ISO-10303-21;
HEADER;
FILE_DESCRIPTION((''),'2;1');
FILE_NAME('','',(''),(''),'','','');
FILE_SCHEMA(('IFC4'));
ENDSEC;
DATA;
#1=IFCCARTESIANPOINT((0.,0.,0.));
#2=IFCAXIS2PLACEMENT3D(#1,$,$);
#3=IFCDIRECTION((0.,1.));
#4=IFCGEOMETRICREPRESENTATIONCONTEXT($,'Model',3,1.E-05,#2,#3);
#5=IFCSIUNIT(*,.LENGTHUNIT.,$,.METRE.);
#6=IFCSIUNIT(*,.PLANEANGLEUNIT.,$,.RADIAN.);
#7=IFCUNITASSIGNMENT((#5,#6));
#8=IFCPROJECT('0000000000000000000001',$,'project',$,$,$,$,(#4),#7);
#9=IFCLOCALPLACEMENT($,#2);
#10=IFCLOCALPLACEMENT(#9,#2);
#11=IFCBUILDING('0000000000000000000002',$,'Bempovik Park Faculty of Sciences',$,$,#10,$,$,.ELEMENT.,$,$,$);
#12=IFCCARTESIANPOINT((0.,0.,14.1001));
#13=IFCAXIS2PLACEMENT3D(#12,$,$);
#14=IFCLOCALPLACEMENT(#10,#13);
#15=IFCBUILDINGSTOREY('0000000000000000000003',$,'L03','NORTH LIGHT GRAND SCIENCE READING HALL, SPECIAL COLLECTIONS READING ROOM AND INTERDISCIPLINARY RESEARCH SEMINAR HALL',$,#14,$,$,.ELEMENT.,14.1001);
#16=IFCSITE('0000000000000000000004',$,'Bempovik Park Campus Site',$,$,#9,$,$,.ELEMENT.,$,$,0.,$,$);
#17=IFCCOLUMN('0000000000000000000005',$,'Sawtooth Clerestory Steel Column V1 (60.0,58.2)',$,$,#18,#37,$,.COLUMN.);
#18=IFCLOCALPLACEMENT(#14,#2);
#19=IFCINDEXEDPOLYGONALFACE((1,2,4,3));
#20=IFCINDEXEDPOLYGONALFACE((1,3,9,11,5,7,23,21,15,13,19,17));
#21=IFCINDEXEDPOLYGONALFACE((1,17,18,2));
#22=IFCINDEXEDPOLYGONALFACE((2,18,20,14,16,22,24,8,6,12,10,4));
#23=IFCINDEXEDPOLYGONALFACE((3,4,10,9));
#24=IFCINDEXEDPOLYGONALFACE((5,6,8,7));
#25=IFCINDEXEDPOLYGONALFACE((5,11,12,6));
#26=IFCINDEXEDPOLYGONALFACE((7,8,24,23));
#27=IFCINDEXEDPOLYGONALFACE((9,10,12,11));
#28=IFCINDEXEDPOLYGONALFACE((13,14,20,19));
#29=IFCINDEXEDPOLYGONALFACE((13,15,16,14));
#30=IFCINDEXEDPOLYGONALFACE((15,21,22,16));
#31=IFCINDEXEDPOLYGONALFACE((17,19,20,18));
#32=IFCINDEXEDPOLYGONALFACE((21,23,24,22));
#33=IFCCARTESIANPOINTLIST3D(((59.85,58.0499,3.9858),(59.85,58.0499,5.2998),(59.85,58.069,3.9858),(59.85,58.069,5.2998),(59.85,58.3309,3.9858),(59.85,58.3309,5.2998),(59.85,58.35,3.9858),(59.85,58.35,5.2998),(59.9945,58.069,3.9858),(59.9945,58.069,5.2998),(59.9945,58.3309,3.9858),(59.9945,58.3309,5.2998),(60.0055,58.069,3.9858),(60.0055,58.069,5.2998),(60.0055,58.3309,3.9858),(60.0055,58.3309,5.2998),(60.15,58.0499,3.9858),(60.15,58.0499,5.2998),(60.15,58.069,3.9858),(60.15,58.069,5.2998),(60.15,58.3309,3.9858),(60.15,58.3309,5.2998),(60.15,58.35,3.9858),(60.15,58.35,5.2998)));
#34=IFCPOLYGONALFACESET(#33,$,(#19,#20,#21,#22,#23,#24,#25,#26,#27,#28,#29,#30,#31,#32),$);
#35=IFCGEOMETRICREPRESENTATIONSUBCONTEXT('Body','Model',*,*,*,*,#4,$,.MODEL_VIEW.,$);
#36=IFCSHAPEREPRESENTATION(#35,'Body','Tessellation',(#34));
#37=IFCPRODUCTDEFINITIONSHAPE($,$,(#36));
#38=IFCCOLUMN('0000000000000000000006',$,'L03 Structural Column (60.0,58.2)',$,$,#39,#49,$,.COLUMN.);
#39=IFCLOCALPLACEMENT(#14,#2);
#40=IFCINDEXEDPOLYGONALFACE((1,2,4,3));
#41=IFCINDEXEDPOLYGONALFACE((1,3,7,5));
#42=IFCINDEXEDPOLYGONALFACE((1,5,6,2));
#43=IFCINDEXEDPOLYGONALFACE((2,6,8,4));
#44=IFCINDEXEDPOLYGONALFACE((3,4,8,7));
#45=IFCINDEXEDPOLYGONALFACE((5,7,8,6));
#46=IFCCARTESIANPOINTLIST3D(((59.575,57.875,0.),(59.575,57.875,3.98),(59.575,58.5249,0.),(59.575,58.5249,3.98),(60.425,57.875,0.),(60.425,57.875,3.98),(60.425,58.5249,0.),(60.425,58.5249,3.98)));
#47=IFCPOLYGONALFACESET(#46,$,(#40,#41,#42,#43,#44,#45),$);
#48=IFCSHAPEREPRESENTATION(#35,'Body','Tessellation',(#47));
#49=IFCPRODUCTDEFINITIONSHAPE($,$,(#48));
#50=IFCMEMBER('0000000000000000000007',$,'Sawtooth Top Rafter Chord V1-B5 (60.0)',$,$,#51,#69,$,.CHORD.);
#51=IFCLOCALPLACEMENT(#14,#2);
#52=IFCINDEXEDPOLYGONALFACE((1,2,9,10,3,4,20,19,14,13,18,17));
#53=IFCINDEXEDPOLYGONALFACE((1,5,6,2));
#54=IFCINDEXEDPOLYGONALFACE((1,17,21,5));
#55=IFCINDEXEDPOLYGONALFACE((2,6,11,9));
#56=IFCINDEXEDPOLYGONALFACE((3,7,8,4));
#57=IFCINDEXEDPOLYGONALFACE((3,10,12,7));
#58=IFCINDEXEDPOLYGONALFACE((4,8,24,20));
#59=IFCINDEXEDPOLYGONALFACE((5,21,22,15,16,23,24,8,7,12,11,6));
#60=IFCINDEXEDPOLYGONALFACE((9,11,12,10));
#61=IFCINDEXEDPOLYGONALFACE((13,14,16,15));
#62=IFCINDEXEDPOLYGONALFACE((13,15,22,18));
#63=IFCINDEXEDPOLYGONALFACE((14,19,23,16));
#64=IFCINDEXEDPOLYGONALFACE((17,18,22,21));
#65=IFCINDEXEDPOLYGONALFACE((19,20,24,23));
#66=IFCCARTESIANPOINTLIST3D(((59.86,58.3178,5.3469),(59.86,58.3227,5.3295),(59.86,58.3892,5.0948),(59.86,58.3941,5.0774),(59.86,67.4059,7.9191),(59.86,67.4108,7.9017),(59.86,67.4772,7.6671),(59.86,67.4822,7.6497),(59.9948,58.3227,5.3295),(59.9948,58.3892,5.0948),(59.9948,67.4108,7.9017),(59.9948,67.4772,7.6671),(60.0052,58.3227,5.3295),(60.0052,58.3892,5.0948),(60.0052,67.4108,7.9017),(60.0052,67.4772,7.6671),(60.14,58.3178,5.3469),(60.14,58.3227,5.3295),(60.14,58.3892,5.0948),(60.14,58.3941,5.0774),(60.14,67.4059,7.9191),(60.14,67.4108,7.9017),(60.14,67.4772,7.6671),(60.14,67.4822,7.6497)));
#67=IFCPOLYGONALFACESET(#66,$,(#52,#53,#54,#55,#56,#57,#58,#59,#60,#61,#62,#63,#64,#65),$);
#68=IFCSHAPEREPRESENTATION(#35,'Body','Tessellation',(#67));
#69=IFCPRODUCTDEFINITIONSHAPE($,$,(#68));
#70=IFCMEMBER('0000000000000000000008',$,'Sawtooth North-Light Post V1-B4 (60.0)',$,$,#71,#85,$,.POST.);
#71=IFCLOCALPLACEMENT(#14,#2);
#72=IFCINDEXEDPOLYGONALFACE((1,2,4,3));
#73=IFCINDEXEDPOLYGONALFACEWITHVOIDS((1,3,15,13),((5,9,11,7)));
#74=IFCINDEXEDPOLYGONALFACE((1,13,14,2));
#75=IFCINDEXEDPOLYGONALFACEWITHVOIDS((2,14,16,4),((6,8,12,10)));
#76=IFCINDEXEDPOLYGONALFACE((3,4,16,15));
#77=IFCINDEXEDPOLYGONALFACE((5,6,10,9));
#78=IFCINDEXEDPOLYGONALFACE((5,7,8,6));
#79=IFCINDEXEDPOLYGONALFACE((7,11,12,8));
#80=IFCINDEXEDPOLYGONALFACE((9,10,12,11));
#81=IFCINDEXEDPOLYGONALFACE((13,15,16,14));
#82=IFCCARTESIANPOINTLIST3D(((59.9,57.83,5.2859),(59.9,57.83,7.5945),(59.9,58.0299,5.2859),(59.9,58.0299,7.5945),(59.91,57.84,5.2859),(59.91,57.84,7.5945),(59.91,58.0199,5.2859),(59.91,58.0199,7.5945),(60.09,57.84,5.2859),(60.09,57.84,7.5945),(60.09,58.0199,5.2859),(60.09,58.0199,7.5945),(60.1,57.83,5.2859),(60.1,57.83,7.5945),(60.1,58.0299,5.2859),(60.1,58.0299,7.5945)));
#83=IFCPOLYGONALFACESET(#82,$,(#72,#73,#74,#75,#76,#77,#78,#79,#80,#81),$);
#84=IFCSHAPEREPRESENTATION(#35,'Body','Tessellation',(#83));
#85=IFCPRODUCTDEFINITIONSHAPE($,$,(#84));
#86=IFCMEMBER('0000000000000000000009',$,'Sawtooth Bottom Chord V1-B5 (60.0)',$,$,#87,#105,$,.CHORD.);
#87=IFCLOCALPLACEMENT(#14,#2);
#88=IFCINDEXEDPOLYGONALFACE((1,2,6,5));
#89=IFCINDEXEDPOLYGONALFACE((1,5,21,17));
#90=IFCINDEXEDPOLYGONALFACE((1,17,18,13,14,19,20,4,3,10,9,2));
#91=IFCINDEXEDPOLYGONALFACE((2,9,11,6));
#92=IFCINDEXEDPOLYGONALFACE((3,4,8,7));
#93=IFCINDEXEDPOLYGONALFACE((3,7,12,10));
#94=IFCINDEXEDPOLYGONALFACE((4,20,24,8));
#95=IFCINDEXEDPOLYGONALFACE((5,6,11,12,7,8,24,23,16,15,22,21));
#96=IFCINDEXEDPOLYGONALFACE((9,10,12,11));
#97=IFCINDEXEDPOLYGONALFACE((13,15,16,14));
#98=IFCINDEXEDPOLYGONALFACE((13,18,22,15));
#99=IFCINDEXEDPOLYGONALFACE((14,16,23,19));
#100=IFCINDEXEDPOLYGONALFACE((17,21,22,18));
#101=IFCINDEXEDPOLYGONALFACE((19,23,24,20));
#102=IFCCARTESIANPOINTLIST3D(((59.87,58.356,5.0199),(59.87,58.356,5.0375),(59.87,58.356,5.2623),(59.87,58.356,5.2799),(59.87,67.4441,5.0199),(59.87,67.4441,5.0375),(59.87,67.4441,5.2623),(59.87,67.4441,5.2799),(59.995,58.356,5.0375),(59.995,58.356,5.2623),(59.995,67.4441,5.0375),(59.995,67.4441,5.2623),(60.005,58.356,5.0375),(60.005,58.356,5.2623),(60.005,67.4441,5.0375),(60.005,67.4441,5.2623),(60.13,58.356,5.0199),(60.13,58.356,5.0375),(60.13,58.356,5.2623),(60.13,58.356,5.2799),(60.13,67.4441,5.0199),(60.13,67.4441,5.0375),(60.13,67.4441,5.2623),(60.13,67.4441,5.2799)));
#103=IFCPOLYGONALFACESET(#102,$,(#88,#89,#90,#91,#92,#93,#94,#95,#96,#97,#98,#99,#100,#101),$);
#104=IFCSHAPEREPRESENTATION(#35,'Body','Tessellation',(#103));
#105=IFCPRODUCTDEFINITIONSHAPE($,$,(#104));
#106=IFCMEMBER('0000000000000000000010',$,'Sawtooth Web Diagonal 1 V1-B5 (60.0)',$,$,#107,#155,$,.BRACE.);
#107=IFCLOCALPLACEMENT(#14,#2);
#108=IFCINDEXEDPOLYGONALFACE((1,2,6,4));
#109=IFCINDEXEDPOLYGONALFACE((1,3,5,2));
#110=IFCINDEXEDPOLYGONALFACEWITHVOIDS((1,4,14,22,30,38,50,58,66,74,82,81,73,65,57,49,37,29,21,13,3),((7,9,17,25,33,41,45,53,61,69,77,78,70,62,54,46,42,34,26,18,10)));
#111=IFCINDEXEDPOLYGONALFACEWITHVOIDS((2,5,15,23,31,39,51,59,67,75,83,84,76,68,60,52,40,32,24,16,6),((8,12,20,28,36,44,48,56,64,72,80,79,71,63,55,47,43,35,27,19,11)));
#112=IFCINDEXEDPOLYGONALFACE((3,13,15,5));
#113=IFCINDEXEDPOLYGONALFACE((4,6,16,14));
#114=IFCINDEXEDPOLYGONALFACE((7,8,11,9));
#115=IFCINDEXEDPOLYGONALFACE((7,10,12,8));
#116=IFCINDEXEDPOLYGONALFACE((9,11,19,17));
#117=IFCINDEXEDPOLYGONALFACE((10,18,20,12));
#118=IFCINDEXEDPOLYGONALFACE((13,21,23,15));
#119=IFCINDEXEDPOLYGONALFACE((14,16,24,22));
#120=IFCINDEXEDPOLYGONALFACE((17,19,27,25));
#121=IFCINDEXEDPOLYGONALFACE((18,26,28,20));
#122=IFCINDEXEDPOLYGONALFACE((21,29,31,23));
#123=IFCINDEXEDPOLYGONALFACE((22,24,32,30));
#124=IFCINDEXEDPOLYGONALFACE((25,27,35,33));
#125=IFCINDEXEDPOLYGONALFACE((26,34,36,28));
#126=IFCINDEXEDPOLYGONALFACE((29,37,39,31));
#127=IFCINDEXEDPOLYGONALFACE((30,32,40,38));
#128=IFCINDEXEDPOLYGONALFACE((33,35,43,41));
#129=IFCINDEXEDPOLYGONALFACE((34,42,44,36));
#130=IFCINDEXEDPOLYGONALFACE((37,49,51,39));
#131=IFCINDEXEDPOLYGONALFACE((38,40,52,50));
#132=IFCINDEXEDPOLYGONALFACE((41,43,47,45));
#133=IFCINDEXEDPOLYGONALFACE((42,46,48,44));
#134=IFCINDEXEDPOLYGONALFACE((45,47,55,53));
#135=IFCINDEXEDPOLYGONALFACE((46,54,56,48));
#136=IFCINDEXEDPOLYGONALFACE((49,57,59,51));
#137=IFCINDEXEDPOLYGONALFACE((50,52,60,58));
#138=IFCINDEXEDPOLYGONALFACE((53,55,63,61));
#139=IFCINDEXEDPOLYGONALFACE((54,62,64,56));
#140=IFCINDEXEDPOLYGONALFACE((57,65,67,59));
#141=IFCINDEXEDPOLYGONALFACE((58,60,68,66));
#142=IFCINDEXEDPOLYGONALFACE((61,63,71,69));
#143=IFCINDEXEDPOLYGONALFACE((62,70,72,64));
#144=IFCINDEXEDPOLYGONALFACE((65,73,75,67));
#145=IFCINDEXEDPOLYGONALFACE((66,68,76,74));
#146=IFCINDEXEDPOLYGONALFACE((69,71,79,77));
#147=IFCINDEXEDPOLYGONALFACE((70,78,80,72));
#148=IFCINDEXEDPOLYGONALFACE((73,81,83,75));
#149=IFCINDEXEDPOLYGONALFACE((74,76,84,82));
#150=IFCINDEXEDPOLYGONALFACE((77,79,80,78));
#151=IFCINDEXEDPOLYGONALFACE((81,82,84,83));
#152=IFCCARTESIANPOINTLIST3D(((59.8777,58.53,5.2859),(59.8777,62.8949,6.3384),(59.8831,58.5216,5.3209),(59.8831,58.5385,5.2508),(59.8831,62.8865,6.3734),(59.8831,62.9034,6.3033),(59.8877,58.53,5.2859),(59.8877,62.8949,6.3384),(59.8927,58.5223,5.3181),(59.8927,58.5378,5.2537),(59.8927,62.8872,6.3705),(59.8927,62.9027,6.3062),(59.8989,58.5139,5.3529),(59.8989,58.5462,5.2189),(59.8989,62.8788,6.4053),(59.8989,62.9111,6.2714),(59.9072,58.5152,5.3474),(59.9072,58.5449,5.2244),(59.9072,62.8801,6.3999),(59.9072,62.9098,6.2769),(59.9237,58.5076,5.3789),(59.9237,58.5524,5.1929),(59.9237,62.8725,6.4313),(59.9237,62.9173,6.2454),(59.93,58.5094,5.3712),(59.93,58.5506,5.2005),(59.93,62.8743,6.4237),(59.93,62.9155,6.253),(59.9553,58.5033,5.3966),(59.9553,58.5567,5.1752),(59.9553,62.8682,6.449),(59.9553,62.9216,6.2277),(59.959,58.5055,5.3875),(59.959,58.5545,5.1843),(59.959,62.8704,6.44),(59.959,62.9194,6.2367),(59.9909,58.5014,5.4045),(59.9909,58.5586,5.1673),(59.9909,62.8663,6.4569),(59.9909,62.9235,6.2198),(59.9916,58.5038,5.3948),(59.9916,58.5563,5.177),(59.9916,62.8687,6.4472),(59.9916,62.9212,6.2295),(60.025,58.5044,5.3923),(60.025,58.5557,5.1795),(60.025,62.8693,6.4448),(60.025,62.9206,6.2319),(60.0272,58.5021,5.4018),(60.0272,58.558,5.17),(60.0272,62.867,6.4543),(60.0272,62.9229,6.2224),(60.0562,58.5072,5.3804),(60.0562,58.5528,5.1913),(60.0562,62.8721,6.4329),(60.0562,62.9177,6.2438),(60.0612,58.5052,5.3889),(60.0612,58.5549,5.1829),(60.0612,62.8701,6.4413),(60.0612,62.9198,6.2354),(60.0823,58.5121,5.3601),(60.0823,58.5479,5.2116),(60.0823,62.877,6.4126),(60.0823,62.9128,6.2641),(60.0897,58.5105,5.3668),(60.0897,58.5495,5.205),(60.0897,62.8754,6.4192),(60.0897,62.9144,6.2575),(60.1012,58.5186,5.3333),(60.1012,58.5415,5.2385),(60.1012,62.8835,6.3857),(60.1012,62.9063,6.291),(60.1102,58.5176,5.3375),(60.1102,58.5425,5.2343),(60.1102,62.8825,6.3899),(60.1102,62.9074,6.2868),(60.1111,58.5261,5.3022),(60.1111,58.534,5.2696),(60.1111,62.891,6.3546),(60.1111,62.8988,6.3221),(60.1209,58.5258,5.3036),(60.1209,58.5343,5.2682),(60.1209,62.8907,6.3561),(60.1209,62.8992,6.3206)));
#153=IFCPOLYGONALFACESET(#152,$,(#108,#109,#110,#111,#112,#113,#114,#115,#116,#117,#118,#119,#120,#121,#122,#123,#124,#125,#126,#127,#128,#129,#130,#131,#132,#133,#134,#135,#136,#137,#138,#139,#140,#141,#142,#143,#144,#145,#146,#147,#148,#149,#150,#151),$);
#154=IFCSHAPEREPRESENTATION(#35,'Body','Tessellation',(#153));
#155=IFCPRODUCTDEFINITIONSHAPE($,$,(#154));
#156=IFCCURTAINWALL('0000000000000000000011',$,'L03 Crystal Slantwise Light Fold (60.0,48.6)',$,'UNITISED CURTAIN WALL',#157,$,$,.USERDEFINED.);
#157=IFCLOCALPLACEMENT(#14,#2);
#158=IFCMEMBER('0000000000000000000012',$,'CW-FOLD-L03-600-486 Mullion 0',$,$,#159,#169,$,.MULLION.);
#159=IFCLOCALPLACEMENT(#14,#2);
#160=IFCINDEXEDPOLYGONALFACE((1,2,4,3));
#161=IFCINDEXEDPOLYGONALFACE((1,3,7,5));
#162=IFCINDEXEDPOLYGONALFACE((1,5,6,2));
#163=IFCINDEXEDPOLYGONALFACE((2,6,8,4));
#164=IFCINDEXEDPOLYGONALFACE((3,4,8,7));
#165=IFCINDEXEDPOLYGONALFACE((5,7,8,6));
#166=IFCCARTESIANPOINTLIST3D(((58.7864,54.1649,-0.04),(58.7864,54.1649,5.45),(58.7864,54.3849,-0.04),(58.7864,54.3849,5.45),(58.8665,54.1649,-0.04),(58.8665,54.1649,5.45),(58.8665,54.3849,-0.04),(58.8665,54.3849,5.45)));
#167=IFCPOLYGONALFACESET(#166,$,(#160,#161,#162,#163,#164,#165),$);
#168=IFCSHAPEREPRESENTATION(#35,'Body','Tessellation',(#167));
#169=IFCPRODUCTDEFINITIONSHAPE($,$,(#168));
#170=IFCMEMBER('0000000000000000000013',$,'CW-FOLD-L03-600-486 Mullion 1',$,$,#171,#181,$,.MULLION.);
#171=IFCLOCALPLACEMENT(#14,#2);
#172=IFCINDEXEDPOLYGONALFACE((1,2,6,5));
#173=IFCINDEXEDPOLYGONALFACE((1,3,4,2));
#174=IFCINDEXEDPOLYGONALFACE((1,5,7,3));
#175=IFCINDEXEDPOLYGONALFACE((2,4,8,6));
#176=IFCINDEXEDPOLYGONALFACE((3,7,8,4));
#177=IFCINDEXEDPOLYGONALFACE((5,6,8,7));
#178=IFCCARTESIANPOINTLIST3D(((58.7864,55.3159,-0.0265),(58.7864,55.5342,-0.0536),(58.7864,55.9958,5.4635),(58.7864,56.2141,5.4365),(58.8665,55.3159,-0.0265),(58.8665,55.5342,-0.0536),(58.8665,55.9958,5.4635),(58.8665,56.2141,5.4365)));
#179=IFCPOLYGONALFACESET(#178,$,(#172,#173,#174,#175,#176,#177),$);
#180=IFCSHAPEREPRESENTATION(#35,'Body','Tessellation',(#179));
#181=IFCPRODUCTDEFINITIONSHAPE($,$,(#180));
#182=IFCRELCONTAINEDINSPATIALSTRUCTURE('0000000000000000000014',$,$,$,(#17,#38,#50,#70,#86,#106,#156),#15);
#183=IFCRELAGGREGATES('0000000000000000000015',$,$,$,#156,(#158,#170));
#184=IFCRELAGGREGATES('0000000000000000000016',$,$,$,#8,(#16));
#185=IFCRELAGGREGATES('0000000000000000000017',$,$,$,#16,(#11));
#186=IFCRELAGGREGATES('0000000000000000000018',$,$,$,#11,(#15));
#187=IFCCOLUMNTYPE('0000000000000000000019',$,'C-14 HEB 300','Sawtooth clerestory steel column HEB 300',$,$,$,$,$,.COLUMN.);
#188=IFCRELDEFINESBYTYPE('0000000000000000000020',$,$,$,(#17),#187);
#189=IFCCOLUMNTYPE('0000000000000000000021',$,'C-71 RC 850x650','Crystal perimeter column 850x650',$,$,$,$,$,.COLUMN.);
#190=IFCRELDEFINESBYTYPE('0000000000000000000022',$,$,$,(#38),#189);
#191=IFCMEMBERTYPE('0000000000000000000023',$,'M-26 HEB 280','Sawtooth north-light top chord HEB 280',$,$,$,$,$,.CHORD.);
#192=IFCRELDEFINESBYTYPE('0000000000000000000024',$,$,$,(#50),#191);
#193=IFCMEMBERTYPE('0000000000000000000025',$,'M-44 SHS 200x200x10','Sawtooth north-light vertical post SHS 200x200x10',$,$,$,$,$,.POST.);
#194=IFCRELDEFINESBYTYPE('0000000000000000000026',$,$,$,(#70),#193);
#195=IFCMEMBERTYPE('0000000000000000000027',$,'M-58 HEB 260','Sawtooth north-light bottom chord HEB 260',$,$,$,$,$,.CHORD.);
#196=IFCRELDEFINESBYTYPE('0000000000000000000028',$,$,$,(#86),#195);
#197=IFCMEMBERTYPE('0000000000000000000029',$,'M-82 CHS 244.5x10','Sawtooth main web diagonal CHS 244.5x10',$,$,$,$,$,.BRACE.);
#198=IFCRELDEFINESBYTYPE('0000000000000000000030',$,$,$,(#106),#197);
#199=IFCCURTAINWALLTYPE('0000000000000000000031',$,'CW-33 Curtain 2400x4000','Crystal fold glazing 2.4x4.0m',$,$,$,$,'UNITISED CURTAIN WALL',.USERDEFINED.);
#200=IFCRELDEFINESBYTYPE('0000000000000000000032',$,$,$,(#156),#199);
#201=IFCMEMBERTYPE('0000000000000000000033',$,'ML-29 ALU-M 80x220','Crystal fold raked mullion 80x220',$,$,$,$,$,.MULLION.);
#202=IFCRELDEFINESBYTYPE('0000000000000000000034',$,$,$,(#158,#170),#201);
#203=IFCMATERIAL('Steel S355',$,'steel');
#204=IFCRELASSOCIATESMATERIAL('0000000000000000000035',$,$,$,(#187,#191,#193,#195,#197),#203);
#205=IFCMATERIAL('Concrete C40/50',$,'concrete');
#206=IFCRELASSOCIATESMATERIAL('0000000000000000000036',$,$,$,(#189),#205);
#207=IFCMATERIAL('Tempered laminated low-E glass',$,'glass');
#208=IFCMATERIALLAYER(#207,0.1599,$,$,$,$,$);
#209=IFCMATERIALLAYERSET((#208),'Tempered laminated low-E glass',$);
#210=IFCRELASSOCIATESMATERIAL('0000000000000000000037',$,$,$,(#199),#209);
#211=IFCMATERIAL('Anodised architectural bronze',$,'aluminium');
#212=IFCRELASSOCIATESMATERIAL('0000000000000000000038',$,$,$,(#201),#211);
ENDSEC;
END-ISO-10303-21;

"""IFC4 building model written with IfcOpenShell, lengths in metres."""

from ifc_helpers import new_model, si_unit, direction, frame, origin, origin_2d, place, context, subcontext, project, spatial, rectangle, hollow_rectangle, hollow_circle, i_section, extrude, material, layer, layer_set, material_profile, profile_set, type_object, element, aggregate, save


model = new_model("IFC4")

# Units and contexts
model_context = context("Model", 3, precision=1e-05, world=origin(), true_north=direction((0.0, 1.0)))
body_context = subcontext(model_context, "Body", "Model", "MODEL_VIEW")
ifc_project = project(units=[si_unit("LENGTHUNIT", "METRE"), si_unit("PLANEANGLEUNIT", "RADIAN")], contexts=[model_context])

# Site, building, storey
site_placement = place(None, origin())
site = spatial("IfcSite", under=ifc_project, at=site_placement, Name="Bempovik Park Campus Site", CompositionType="ELEMENT", RefElevation=0.0)
building_placement = place(site_placement, origin())
building = spatial("IfcBuilding", under=site, at=building_placement, Name="Bempovik Park Faculty of Sciences", CompositionType="ELEMENT")
storey_placement = place(building_placement, frame((0.0, 0.0, 14.1001)))
storey = spatial("IfcBuildingStorey", under=building, at=storey_placement, Name="L03", Description="NORTH LIGHT GRAND SCIENCE READING HALL, SPECIAL COLLECTIONS READING ROOM AND INTERDISCIPLINARY RESEARCH SEMINAR HALL", CompositionType="ELEMENT", Elevation=14.1001)

# Columns
ifc_material_1 = material(Name="Steel S355", Category="steel")
ifc_material_profile_1 = material_profile(ifc_material_1, i_section(OverallWidth=0.3, OverallDepth=0.3, WebThickness=0.011, FlangeThickness=0.019, at=origin_2d()), Name="HEB 300")
ifc_profile_set_1 = profile_set([ifc_material_profile_1], Name="Steel S355")
column_type_1 = type_object("IfcColumnType", Name="C-14 HEB 300", Description="Sawtooth clerestory steel column HEB 300", PredefinedType="COLUMN", material=ifc_profile_set_1)
column_1_placement = place(storey_placement, frame((60.0, 58.2, 3.9858), z_axis=(0.0, 0.0, 1.0), x_axis=(1.0, 0.0, 0.0)))
element("IfcColumn", 1, at=column_1_placement, inside=storey, type_object=column_type_1, Name="Sawtooth Clerestory Steel Column V1 (60.0,58.2)", PredefinedType="COLUMN", context=body_context, shape_type="SweptSolid", body=[
    extrude(i_section(OverallWidth=0.3, OverallDepth=0.3, WebThickness=0.011, FlangeThickness=0.019, at=origin_2d()), origin(), (0.0, 0.0, 1.0), 1.314),
])
ifc_material_2 = material(Name="Concrete C40/50", Category="concrete")
ifc_material_profile_2 = material_profile(ifc_material_2, rectangle(XDim=0.8501, YDim=0.6499, at=origin_2d()), Name="RC 850x650")
ifc_profile_set_2 = profile_set([ifc_material_profile_2], Name="Concrete C40/50")
column_type_2 = type_object("IfcColumnType", Name="C-71 RC 850x650", Description="Crystal perimeter column 850x650", PredefinedType="COLUMN", material=ifc_profile_set_2)
column_2_placement = place(storey_placement, frame((60.0, 58.2, 0.0), z_axis=(0.0, 0.0, 1.0), x_axis=(1.0, 0.0, 0.0)))
element("IfcColumn", 2, at=column_2_placement, inside=storey, type_object=column_type_2, Name="L03 Structural Column (60.0,58.2)", PredefinedType="COLUMN", context=body_context, shape_type="SweptSolid", body=[
    extrude(rectangle(XDim=0.8501, YDim=0.6499, at=origin_2d()), origin(), (0.0, 0.0, 1.0), 3.98),
])

# Members
ifc_material_profile_3 = material_profile(ifc_material_1, i_section(OverallWidth=0.28, OverallDepth=0.28, WebThickness=0.0105, FlangeThickness=0.0181, at=origin_2d()), Name="HEB 280")
ifc_profile_set_3 = profile_set([ifc_material_profile_3], Name="Steel S355")
member_type_1 = type_object("IfcMemberType", Name="M-26 HEB 280", Description="Sawtooth north-light top chord HEB 280", PredefinedType="CHORD", material=ifc_profile_set_3)
member_1_placement = place(storey_placement, frame((60.0, 58.356, 5.2122), z_axis=(0.0, 0.962202, 0.272337), x_axis=(-1.0, 0.0, 0.0)))
element("IfcMember", 3, at=member_1_placement, inside=storey, type_object=member_type_1, Name="Sawtooth Top Rafter Chord V1-B5 (60.0)", PredefinedType="CHORD", context=body_context, shape_type="SweptSolid", body=[
    extrude(i_section(OverallWidth=0.28, OverallDepth=0.28, WebThickness=0.0105, FlangeThickness=0.0181, at=origin_2d()), origin(), (0.0, 0.0, 1.0), 9.4451),
])
ifc_material_profile_4 = material_profile(ifc_material_1, hollow_rectangle(XDim=0.2, YDim=0.2, WallThickness=0.01, at=origin_2d()), Name="SHS 200x200x10")
ifc_profile_set_4 = profile_set([ifc_material_profile_4], Name="Steel S355")
member_type_2 = type_object("IfcMemberType", Name="M-44 SHS 200x200x10", Description="Sawtooth north-light vertical post SHS 200x200x10", PredefinedType="POST", material=ifc_profile_set_4)
member_2_placement = place(storey_placement, frame((60.0, 57.9299, 5.2859), z_axis=(0.0, 0.0, 1.0), x_axis=(1.0, 0.0, 0.0)))
element("IfcMember", 4, at=member_2_placement, inside=storey, type_object=member_type_2, Name="Sawtooth North-Light Post V1-B4 (60.0)", PredefinedType="POST", context=body_context, shape_type="SweptSolid", body=[
    extrude(hollow_rectangle(XDim=0.2, YDim=0.2, WallThickness=0.01, at=origin_2d()), origin(), (0.0, 0.0, 1.0), 2.3086),
])
ifc_material_profile_5 = material_profile(ifc_material_1, i_section(OverallWidth=0.26, OverallDepth=0.26, WebThickness=0.01, FlangeThickness=0.0176, at=origin_2d()), Name="HEB 260")
ifc_profile_set_5 = profile_set([ifc_material_profile_5], Name="Steel S355")
member_type_3 = type_object("IfcMemberType", Name="M-58 HEB 260", Description="Sawtooth north-light bottom chord HEB 260", PredefinedType="CHORD", material=ifc_profile_set_5)
member_3_placement = place(storey_placement, frame((60.0, 58.356, 5.1499), z_axis=(0.0, 1.0, 0.0), x_axis=(-1.0, 0.0, 0.0)))
element("IfcMember", 5, at=member_3_placement, inside=storey, type_object=member_type_3, Name="Sawtooth Bottom Chord V1-B5 (60.0)", PredefinedType="CHORD", context=body_context, shape_type="SweptSolid", body=[
    extrude(i_section(OverallWidth=0.26, OverallDepth=0.26, WebThickness=0.01, FlangeThickness=0.0176, at=origin_2d()), origin(), (0.0, 0.0, 1.0), 9.0881),
])
ifc_material_profile_6 = material_profile(ifc_material_1, hollow_circle(Radius=0.1223, WallThickness=0.01, at=origin_2d()), Name="CHS 244.5x10")
ifc_profile_set_6 = profile_set([ifc_material_profile_6], Name="Steel S355")
member_type_4 = type_object("IfcMemberType", Name="M-82 CHS 244.5x10", Description="Sawtooth main web diagonal CHS 244.5x10", PredefinedType="BRACE", material=ifc_profile_set_6)
member_4_placement = place(storey_placement, frame((60.0, 58.53, 5.2859), z_axis=(0.0, 0.972139, 0.234403), x_axis=(-1.0, 0.0, 0.0)))
element("IfcMember", 6, at=member_4_placement, inside=storey, type_object=member_type_4, Name="Sawtooth Web Diagonal 1 V1-B5 (60.0)", PredefinedType="BRACE", context=body_context, shape_type="SweptSolid", body=[
    extrude(hollow_circle(Radius=0.1223, WallThickness=0.01, at=origin_2d()), origin(), (0.0, 0.0, 1.0), 4.49),
])

# Curtain wall, members
ifc_material_3 = material(Name="Tempered laminated low-E glass", Category="glass")
ifc_layer_1 = layer(ifc_material_3, 0.1599)
ifc_layer_set_1 = layer_set([ifc_layer_1], Name="Tempered laminated low-E glass")
curtain_wall_type = type_object("IfcCurtainWallType", Name="CW-33 Curtain 2400x4000", Description="Crystal fold glazing 2.4x4.0m", ElementType="UNITISED CURTAIN WALL", PredefinedType="USERDEFINED", material=ifc_layer_set_1)
curtain_wall_1_placement = place(storey_placement, origin())
curtain_wall_1 = element("IfcCurtainWall", 7, at=curtain_wall_1_placement, inside=storey, type_object=curtain_wall_type, Name="L03 Crystal Slantwise Light Fold (60.0,48.6)", ObjectType="UNITISED CURTAIN WALL", PredefinedType="USERDEFINED")
ifc_material_4 = material(Name="Anodised architectural bronze", Category="aluminium")
ifc_material_profile_7 = material_profile(ifc_material_4, rectangle(XDim=0.0801, YDim=0.22, at=origin_2d()), Name="ALU-M 80x220")
ifc_profile_set_7 = profile_set([ifc_material_profile_7], Name="Anodised architectural bronze")
member_type_5 = type_object("IfcMemberType", Name="ML-29 ALU-M 80x220", Description="Crystal fold raked mullion 80x220", PredefinedType="MULLION", material=ifc_profile_set_7)
member_5_placement = place(storey_placement, frame((58.8264, 54.2749, -0.04), z_axis=(0.0, 0.0, 1.0), x_axis=(1.0, 0.0, 0.0)))
member_5 = element("IfcMember", 8, at=member_5_placement, type_object=member_type_5, Name="CW-FOLD-L03-600-486 Mullion 0", PredefinedType="MULLION", context=body_context, shape_type="SweptSolid", body=[
    extrude(rectangle(XDim=0.0801, YDim=0.22, at=origin_2d()), origin(), (0.0, 0.0, 1.0), 5.49),
])
member_6_placement = place(storey_placement, frame((58.8264, 55.425, -0.04), z_axis=(0.0, 0.12291, 0.992418), x_axis=(-1.0, 0.0, 0.0)))
member_6 = element("IfcMember", 9, at=member_6_placement, type_object=member_type_5, Name="CW-FOLD-L03-600-486 Mullion 1", PredefinedType="MULLION", context=body_context, shape_type="SweptSolid", body=[
    extrude(rectangle(XDim=0.0801, YDim=0.22, at=origin_2d()), origin(), (0.0, 0.0, 1.0), 5.532),
])

aggregate(curtain_wall_1, [member_5, member_6])

save(model, "model.ifc")
